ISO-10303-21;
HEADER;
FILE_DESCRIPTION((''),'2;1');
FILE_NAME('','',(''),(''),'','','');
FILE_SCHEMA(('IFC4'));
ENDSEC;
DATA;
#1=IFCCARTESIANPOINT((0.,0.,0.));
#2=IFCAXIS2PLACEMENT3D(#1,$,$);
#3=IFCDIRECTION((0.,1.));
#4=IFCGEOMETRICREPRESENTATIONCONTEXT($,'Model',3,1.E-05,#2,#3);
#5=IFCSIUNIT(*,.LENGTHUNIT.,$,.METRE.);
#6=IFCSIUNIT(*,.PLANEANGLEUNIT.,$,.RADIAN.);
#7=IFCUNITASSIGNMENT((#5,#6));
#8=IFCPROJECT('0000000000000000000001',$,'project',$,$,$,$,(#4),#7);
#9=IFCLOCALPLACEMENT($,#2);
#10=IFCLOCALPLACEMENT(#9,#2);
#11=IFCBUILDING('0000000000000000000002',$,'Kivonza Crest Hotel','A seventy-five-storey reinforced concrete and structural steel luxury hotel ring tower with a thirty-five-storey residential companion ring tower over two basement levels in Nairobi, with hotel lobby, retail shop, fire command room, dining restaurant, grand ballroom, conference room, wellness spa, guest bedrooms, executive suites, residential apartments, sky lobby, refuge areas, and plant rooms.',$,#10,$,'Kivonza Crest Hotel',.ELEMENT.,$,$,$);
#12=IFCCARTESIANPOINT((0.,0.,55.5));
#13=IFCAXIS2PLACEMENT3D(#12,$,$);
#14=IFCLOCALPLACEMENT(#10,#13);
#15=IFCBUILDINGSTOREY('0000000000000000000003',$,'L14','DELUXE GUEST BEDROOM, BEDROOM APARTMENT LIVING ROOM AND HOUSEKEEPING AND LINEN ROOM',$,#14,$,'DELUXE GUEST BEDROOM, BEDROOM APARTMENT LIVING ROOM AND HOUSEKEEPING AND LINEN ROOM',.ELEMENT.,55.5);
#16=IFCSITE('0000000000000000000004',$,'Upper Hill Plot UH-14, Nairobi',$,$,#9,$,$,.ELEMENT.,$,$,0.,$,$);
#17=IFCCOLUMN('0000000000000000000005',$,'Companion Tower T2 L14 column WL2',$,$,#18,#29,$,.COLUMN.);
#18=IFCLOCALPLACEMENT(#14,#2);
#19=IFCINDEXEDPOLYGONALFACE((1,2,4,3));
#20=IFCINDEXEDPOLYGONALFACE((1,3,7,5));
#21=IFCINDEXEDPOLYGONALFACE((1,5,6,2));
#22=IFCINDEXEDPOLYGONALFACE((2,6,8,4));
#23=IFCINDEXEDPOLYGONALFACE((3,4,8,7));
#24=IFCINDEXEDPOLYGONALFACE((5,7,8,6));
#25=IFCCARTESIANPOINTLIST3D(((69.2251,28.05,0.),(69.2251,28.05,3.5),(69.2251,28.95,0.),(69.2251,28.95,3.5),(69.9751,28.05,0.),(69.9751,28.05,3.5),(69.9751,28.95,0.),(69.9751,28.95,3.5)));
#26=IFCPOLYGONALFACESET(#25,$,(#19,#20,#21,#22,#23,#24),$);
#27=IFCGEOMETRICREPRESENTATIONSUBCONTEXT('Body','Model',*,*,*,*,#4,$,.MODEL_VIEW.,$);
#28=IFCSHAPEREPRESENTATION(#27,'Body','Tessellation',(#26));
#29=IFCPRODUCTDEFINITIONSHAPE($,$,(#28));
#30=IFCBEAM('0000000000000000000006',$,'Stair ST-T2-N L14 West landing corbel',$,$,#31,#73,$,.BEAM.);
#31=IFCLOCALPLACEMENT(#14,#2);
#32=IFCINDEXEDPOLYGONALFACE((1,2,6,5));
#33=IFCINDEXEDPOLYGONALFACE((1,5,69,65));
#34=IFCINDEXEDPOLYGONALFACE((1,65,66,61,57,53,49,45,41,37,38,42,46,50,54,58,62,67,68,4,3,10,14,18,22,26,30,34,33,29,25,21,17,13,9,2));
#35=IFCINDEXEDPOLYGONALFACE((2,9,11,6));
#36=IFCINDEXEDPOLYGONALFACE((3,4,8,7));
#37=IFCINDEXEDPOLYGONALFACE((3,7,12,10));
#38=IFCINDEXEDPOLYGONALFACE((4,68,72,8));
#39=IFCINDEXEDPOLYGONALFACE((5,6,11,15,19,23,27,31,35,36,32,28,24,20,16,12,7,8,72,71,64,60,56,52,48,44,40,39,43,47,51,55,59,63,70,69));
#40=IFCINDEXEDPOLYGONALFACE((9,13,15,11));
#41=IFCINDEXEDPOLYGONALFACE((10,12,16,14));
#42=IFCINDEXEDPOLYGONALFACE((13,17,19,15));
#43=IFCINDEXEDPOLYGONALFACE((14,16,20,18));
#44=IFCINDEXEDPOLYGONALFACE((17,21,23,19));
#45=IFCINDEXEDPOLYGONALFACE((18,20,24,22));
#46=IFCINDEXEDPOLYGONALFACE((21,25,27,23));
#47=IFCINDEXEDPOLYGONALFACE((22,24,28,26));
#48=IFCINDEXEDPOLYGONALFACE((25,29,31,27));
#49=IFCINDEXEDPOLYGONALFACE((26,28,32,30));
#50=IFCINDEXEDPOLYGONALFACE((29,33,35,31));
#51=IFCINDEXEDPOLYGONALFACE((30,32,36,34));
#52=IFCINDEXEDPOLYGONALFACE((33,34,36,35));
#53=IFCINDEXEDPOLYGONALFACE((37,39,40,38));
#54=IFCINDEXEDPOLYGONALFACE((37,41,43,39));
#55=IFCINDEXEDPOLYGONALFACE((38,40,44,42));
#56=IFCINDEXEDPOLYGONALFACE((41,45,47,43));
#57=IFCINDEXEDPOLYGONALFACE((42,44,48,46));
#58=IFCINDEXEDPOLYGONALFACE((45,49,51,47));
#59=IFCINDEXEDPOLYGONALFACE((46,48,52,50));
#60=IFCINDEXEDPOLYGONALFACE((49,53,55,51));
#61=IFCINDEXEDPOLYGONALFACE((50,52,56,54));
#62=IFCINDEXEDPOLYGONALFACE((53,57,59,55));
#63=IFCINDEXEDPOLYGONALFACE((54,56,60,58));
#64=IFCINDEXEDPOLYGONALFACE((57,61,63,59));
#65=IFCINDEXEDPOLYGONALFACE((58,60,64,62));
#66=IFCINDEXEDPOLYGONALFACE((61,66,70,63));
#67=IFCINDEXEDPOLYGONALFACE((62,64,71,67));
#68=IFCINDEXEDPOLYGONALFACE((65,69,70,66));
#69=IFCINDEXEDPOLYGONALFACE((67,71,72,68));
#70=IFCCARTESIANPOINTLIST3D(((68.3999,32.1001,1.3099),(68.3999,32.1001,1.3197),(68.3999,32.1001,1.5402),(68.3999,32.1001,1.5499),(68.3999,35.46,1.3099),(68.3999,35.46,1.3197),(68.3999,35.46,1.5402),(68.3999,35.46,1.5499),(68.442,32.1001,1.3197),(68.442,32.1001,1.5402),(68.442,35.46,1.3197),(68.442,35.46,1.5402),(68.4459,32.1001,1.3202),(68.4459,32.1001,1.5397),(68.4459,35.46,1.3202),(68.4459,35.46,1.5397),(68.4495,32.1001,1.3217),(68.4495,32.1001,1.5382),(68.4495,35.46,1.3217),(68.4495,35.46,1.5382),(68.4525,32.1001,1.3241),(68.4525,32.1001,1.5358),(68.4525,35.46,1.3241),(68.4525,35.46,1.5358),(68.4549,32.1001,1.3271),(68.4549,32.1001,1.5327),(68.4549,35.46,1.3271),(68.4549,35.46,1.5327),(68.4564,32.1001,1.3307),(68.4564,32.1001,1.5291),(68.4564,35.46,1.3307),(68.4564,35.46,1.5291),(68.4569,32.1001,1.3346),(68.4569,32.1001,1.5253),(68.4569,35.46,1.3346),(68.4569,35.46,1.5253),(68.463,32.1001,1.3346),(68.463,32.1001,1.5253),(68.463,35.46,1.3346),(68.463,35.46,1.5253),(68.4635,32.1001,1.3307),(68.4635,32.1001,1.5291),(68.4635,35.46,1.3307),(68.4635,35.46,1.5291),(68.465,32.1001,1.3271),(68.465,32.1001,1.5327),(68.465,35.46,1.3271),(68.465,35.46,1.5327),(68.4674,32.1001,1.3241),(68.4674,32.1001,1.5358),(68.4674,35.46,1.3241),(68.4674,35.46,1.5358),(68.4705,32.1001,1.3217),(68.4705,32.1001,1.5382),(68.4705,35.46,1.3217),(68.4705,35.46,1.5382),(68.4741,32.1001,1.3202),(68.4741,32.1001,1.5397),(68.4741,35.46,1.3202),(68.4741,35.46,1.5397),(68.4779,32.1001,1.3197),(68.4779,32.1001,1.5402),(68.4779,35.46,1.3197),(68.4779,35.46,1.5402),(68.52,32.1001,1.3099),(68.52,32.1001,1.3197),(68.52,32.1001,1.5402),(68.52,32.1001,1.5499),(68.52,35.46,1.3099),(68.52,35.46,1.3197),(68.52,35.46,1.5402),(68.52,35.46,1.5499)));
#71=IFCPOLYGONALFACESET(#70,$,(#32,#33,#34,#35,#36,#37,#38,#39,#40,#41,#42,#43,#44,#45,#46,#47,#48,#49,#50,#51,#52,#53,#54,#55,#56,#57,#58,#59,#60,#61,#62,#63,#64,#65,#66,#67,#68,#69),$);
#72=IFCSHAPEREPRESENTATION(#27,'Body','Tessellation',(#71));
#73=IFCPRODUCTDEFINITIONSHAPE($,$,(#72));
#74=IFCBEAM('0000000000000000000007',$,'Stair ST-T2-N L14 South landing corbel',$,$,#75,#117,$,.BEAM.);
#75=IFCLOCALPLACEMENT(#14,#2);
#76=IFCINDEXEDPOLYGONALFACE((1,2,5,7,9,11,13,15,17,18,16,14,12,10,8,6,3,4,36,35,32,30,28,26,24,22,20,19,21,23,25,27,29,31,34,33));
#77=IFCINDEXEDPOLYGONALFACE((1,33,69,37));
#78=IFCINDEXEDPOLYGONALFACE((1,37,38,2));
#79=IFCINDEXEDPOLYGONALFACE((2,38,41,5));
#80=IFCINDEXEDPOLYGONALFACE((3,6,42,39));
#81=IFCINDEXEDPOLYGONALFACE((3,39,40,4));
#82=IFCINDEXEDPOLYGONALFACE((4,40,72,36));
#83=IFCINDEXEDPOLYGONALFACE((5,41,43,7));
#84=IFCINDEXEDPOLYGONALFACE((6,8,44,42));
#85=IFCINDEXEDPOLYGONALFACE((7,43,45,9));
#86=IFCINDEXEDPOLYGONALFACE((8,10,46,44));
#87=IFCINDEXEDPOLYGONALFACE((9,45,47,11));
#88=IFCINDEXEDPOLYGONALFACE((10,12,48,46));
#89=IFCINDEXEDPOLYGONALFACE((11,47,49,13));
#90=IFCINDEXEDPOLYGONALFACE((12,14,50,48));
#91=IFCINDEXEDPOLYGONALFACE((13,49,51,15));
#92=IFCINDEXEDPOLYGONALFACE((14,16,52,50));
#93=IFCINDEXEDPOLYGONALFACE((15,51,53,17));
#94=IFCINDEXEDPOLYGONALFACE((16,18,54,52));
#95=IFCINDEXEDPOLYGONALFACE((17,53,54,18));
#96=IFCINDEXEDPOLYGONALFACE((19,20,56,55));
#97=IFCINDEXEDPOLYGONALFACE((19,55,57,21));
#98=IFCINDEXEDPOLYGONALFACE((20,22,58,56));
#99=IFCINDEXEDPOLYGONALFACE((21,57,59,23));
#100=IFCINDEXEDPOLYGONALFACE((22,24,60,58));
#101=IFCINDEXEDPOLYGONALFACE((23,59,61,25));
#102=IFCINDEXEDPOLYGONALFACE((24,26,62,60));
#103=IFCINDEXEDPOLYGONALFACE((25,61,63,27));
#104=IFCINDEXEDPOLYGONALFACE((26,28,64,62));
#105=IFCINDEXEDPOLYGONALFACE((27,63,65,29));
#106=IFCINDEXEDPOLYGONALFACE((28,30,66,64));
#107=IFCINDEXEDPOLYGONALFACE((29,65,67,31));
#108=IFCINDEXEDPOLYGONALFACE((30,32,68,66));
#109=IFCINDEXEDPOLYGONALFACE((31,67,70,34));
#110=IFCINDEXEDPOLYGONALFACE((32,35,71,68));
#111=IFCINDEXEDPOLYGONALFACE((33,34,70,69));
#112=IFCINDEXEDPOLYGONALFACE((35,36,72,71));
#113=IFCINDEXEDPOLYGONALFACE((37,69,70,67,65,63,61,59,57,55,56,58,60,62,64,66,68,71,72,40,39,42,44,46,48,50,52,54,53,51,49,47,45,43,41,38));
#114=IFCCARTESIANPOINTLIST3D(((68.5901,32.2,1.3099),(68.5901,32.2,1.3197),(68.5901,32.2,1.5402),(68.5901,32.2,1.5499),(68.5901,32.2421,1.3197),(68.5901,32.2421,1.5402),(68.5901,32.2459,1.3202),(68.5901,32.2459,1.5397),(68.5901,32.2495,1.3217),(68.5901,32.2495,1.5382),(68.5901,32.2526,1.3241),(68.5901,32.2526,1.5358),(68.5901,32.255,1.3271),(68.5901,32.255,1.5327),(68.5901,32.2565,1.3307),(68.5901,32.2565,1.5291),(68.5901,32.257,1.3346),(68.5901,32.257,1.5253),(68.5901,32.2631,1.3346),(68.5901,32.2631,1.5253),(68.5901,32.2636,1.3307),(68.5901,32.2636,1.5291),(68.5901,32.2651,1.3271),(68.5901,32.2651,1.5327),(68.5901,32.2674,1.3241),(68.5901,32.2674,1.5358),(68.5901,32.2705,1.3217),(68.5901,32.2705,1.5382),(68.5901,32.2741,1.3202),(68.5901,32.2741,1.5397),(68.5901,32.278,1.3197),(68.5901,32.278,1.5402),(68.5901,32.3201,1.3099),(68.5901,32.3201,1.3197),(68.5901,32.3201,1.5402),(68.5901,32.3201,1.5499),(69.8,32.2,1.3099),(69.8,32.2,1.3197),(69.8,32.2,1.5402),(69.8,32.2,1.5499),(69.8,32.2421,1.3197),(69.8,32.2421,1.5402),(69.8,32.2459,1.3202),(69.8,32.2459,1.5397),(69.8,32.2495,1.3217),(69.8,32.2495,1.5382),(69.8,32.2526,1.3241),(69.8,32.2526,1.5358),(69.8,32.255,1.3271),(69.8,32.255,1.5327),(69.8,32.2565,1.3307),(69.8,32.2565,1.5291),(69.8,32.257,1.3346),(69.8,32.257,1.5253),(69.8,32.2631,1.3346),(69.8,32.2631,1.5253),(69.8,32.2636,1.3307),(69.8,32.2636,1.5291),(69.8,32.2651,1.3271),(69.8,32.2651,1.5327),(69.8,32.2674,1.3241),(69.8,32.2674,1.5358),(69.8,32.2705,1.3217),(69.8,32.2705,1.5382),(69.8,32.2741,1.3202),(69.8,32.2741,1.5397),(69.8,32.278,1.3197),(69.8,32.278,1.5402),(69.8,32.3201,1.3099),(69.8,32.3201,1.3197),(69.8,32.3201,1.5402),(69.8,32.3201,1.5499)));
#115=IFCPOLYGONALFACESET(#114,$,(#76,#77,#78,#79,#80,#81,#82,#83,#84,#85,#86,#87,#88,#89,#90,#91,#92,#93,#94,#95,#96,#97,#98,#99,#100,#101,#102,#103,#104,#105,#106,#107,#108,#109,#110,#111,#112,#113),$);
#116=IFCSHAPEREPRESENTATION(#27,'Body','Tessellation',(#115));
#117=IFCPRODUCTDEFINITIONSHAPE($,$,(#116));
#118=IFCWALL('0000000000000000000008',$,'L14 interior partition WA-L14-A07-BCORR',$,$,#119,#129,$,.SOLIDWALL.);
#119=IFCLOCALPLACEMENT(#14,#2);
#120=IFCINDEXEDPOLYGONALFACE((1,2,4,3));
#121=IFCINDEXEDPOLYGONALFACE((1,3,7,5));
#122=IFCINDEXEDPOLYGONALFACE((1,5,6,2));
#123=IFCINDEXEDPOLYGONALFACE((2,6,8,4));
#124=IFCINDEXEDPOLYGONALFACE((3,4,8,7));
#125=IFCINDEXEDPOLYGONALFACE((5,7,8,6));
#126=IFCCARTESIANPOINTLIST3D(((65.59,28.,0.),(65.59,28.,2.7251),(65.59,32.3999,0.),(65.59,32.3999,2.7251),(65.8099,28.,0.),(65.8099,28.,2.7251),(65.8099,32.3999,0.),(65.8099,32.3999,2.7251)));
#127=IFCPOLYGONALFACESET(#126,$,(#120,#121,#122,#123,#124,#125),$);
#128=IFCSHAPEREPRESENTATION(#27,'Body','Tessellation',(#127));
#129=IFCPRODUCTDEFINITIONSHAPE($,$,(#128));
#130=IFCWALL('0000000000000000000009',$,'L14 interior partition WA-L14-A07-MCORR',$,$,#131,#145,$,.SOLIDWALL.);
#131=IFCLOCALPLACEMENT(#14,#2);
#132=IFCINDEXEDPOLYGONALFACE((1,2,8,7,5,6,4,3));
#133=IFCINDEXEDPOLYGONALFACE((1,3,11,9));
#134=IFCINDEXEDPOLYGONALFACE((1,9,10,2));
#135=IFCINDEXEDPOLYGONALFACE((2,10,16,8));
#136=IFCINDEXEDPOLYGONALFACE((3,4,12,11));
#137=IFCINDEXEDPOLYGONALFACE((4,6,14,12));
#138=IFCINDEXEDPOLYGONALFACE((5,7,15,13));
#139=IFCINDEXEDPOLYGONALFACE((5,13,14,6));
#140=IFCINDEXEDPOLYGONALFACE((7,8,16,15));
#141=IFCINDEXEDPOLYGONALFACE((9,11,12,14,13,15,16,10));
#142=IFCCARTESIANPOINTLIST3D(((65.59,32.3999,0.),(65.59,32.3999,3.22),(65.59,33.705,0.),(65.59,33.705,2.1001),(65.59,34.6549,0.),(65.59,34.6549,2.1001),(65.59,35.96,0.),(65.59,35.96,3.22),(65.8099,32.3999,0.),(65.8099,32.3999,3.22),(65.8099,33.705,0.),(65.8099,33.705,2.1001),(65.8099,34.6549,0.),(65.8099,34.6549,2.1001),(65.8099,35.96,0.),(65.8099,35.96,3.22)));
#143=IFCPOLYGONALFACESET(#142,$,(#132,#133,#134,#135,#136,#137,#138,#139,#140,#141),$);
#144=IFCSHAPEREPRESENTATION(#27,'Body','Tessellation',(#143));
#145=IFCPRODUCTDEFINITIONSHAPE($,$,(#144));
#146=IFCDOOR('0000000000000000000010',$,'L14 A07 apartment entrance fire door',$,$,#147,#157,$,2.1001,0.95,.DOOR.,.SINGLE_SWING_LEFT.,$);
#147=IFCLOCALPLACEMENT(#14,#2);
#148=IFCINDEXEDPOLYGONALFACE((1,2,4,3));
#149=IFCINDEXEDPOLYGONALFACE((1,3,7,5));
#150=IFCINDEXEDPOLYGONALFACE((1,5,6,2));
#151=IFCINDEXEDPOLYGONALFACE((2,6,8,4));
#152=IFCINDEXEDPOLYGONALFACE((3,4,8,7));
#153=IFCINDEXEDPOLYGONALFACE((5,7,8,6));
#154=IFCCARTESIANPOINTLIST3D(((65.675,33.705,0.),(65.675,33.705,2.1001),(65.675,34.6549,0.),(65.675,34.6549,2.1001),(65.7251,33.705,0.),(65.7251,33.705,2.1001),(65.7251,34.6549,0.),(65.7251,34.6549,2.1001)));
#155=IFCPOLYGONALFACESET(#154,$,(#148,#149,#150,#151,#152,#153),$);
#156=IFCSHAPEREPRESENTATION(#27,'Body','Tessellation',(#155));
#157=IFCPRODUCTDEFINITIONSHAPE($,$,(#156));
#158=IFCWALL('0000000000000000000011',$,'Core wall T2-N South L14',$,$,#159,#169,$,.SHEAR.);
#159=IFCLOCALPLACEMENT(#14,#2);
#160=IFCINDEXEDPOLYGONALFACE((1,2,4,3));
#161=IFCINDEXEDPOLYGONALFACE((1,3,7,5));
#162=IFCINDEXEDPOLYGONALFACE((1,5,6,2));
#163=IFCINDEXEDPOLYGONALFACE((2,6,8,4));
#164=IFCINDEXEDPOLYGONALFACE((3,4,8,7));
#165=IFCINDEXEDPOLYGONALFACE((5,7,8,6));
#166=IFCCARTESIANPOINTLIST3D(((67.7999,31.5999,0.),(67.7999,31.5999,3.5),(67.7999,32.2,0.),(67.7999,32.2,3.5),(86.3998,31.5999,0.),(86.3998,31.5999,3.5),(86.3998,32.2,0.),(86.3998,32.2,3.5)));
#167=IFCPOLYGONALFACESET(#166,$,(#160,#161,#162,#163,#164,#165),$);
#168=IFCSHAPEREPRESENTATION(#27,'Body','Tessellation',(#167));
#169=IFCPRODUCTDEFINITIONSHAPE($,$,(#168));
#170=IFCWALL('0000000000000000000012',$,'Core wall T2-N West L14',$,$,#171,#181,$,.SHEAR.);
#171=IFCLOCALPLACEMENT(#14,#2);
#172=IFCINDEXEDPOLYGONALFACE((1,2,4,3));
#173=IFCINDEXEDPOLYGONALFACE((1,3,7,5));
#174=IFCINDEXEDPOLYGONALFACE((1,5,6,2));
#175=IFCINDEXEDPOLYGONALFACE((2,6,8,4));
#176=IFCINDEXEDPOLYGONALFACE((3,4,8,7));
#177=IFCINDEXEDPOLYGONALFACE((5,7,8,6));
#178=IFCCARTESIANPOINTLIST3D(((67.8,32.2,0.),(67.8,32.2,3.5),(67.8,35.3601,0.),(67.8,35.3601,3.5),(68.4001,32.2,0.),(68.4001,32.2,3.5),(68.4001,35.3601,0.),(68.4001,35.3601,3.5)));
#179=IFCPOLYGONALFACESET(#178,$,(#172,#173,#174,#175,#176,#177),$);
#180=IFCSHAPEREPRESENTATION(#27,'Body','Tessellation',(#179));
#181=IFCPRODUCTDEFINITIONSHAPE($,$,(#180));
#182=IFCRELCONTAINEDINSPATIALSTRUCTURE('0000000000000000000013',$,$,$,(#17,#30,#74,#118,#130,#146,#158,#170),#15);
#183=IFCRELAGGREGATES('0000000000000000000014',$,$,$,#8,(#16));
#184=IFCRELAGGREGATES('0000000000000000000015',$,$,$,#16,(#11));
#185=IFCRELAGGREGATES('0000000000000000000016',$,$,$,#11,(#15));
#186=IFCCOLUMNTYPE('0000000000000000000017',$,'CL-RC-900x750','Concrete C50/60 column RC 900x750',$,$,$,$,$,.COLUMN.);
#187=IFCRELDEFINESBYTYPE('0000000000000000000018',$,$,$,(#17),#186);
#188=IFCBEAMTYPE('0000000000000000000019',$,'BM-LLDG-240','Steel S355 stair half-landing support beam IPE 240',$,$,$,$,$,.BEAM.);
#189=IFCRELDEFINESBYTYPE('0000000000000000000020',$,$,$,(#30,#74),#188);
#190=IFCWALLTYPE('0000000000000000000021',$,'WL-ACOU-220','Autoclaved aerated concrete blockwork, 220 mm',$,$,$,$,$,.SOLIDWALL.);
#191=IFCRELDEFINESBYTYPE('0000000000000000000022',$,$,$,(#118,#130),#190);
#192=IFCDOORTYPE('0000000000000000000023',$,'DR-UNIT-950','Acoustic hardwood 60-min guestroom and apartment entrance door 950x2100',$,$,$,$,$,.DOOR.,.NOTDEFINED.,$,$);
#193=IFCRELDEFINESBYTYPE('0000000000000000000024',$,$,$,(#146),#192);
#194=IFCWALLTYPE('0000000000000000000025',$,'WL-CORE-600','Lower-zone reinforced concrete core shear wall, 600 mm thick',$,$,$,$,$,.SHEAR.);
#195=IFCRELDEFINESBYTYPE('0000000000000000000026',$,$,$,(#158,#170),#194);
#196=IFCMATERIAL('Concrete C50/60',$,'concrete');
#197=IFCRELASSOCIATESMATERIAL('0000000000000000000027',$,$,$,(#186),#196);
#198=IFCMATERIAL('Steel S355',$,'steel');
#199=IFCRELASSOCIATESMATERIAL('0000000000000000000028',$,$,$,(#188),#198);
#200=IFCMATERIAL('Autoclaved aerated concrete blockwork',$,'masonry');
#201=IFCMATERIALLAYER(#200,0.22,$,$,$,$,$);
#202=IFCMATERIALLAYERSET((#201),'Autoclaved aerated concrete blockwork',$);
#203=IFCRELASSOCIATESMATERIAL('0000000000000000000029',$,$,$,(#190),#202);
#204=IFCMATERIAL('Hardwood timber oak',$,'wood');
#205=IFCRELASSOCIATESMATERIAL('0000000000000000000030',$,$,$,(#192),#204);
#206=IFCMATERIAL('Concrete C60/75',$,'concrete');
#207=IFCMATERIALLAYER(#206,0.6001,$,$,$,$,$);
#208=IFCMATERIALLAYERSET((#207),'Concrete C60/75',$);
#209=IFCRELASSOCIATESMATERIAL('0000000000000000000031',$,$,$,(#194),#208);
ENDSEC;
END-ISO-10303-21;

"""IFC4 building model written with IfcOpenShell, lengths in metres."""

from ifc_helpers import new_model, si_unit, direction, frame, frame_2d, origin, origin_2d, place, context, subcontext, project, spatial, rectangle, i_section, extrude, material, layer, layer_set, material_profile, profile_set, type_object, element, fill, save


model = new_model("IFC4")

# Units and contexts
model_context = context("Model", 3, precision=1e-05, world=origin(), true_north=direction((0.0, 1.0)))
body_context = subcontext(model_context, "Body", "Model", "MODEL_VIEW")
ifc_project = project(units=[si_unit("LENGTHUNIT", "METRE"), si_unit("PLANEANGLEUNIT", "RADIAN")], contexts=[model_context])

# Site, building, storey
site_placement = place(None, origin())
site = spatial("IfcSite", under=ifc_project, at=site_placement, Name="Upper Hill Plot UH-14, Nairobi", CompositionType="ELEMENT", RefElevation=0.0)
building_placement = place(site_placement, origin())
building = spatial("IfcBuilding", under=site, at=building_placement, Name="Kivonza Crest Hotel", Description="A seventy-five-storey reinforced concrete and structural steel luxury hotel ring tower with a thirty-five-storey residential companion ring tower over two basement levels in Nairobi, with hotel lobby, retail shop, fire command room, dining restaurant, grand ballroom, conference room, wellness spa, guest bedrooms, executive suites, residential apartments, sky lobby, refuge areas, and plant rooms.", LongName="Kivonza Crest Hotel", CompositionType="ELEMENT")
storey_placement = place(building_placement, frame((0.0, 0.0, 55.5)))
storey = spatial("IfcBuildingStorey", under=building, at=storey_placement, Name="L14", Description="DELUXE GUEST BEDROOM, BEDROOM APARTMENT LIVING ROOM AND HOUSEKEEPING AND LINEN ROOM", LongName="DELUXE GUEST BEDROOM, BEDROOM APARTMENT LIVING ROOM AND HOUSEKEEPING AND LINEN ROOM", CompositionType="ELEMENT", Elevation=55.5)

# Column
ifc_material_1 = material(Name="Concrete C50/60", Category="concrete")
ifc_material_profile_1 = material_profile(ifc_material_1, rectangle(XDim=0.75, YDim=0.8999, at=origin_2d()), Name="RC 900x750")
ifc_profile_set_1 = profile_set([ifc_material_profile_1], Name="Concrete C50/60")
column_type = type_object("IfcColumnType", Name="CL-RC-900x750", Description="Concrete C50/60 column RC 900x750", PredefinedType="COLUMN", material=ifc_profile_set_1)
column_placement = place(storey_placement, frame((69.6001, 28.5, 0.0), z_axis=(0.0, 0.0, 1.0), x_axis=(1.0, 0.0, 0.0)))
element("IfcColumn", 1, at=column_placement, inside=storey, type_object=column_type, Name="Companion Tower T2 L14 column WL2", PredefinedType="COLUMN", context=body_context, shape_type="SweptSolid", body=[
    extrude(rectangle(XDim=0.75, YDim=0.8999, at=origin_2d()), origin(), (0.0, 0.0, 1.0), 3.5),
])

# Beams
ifc_material_2 = material(Name="Steel S355", Category="steel")
ifc_material_profile_2 = material_profile(ifc_material_2, i_section(OverallWidth=0.1201, OverallDepth=0.24, WebThickness=0.0061, FlangeThickness=0.0098, FilletRadius=0.0149, at=origin_2d()), Name="IPE 240")
ifc_profile_set_2 = profile_set([ifc_material_profile_2], Name="Steel S355")
beam_type = type_object("IfcBeamType", Name="BM-LLDG-240", Description="Steel S355 stair half-landing support beam IPE 240", PredefinedType="BEAM", material=ifc_profile_set_2)
beam_1_placement = place(storey_placement, frame((68.46, 32.1001, 1.4299), z_axis=(0.0, 1.0, 0.0), x_axis=(-1.0, 0.0, 0.0)))
element("IfcBeam", 2, at=beam_1_placement, inside=storey, type_object=beam_type, Name="Stair ST-T2-N L14 West landing corbel", PredefinedType="BEAM", context=body_context, shape_type="SweptSolid", body=[
    extrude(i_section(OverallWidth=0.1201, OverallDepth=0.24, WebThickness=0.0061, FlangeThickness=0.0098, FilletRadius=0.0149, at=origin_2d()), origin(), (0.0, 0.0, 1.0), 3.3599),
])
beam_2_placement = place(storey_placement, frame((68.5901, 32.26, 1.4299), z_axis=(1.0, 0.0, 0.0), x_axis=(0.0, 1.0, 0.0)))
element("IfcBeam", 3, at=beam_2_placement, inside=storey, type_object=beam_type, Name="Stair ST-T2-N L14 South landing corbel", PredefinedType="BEAM", context=body_context, shape_type="SweptSolid", body=[
    extrude(i_section(OverallWidth=0.1201, OverallDepth=0.24, WebThickness=0.0061, FlangeThickness=0.0098, FilletRadius=0.0149, at=origin_2d()), origin(), (0.0, 0.0, 1.0), 1.21),
])

# Wall
ifc_material_3 = material(Name="Autoclaved aerated concrete blockwork", Category="masonry")
ifc_layer_1 = layer(ifc_material_3, 0.22)
ifc_layer_set_1 = layer_set([ifc_layer_1], Name="Autoclaved aerated concrete blockwork")
wall_type_1 = type_object("IfcWallType", Name="WL-ACOU-220", Description="Autoclaved aerated concrete blockwork, 220 mm", PredefinedType="SOLIDWALL", material=ifc_layer_set_1)
wall_1_placement = place(storey_placement, frame((65.7, 28.0, 0.0), z_axis=(0.0, 0.0, 1.0), x_axis=(0.0, 1.0, 0.0)))
element("IfcWall", 4, at=wall_1_placement, inside=storey, type_object=wall_type_1, Name="L14 interior partition WA-L14-A07-BCORR", PredefinedType="SOLIDWALL", context=body_context, shape_type="SweptSolid", body=[
    extrude(rectangle(XDim=4.3999, YDim=0.22, at=frame_2d((2.2, 0.0))), origin(), (0.0, 0.0, 1.0), 2.7251),
])

# Wall, opening, door
wall_2_placement = place(storey_placement, frame((65.7, 32.3999, 0.0), z_axis=(0.0, 0.0, 1.0), x_axis=(0.0, 1.0, 0.0)))
wall_2 = element("IfcWall", 5, at=wall_2_placement, inside=storey, type_object=wall_type_1, Name="L14 interior partition WA-L14-A07-MCORR", PredefinedType="SOLIDWALL", context=body_context, shape_type="SweptSolid", body=[
    extrude(rectangle(XDim=3.5601, YDim=0.22, at=frame_2d((1.78, 0.0))), origin(), (0.0, 0.0, 1.0), 3.22),
])
opening_1_placement = place(wall_2_placement, frame((1.3049, 0.0, 0.0)))
opening_1 = element("IfcOpeningElement", 6, at=opening_1_placement, cuts=wall_2, PredefinedType="OPENING", context=body_context, shape_type="SweptSolid", body=[
    extrude(rectangle(XDim=0.95, YDim=2.1001, at=frame_2d((0.4751, 1.05))), frame((0.0, 0.1201, 0.0), z_axis=(0.0, -1.0, 0.0), x_axis=(1.0, 0.0, 0.0)), (0.0, 0.0, 1.0), 0.24),
])
ifc_material_4 = material(Name="Hardwood timber oak", Category="wood")
door_type = type_object("IfcDoorType", Name="DR-UNIT-950", Description="Acoustic hardwood 60-min guestroom and apartment entrance door 950x2100", OperationType="NOTDEFINED", PredefinedType="DOOR", material=ifc_material_4)
door_placement = place(opening_1_placement, origin())
door = element("IfcDoor", 7, at=door_placement, inside=storey, type_object=door_type, Name="L14 A07 apartment entrance fire door", OperationType="SINGLE_SWING_LEFT", OverallHeight=2.1001, OverallWidth=0.95, PredefinedType="DOOR", context=body_context, shape_type="SweptSolid", body=[
    extrude(rectangle(XDim=0.95, YDim=2.1001, at=frame_2d((0.4751, 1.05))), frame((0.0, 0.0249, 0.0), z_axis=(0.0, -1.0, 0.0), x_axis=(1.0, 0.0, 0.0)), (0.0, 0.0, 1.0), 0.05),
])
fill(opening_1, door)

# Walls
ifc_material_5 = material(Name="Concrete C60/75", Category="concrete")
ifc_layer_2 = layer(ifc_material_5, 0.6001)
ifc_layer_set_2 = layer_set([ifc_layer_2], Name="Concrete C60/75")
wall_type_2 = type_object("IfcWallType", Name="WL-CORE-600", Description="Lower-zone reinforced concrete core shear wall, 600 mm thick", PredefinedType="SHEAR", material=ifc_layer_set_2)
wall_3_placement = place(storey_placement, frame((67.8, 31.8999, 0.0), z_axis=(0.0, 0.0, 1.0), x_axis=(1.0, 0.0, 0.0)))
element("IfcWall", 8, at=wall_3_placement, inside=storey, type_object=wall_type_2, Name="Core wall T2-N South L14", PredefinedType="SHEAR", context=body_context, shape_type="SweptSolid", body=[
    extrude(rectangle(XDim=18.5999, YDim=0.6001, at=frame_2d((9.2998, 0.0))), origin(), (0.0, 0.0, 1.0), 3.5),
])
wall_4_placement = place(storey_placement, frame((68.1001, 32.2, 0.0), z_axis=(0.0, 0.0, 1.0), x_axis=(0.0, 1.0, 0.0)))
element("IfcWall", 9, at=wall_4_placement, inside=storey, type_object=wall_type_2, Name="Core wall T2-N West L14", PredefinedType="SHEAR", context=body_context, shape_type="SweptSolid", body=[
    extrude(rectangle(XDim=3.1602, YDim=0.6001, at=frame_2d((1.5801, 0.0))), origin(), (0.0, 0.0, 1.0), 3.5),
])

save(model, "model.ifc")
